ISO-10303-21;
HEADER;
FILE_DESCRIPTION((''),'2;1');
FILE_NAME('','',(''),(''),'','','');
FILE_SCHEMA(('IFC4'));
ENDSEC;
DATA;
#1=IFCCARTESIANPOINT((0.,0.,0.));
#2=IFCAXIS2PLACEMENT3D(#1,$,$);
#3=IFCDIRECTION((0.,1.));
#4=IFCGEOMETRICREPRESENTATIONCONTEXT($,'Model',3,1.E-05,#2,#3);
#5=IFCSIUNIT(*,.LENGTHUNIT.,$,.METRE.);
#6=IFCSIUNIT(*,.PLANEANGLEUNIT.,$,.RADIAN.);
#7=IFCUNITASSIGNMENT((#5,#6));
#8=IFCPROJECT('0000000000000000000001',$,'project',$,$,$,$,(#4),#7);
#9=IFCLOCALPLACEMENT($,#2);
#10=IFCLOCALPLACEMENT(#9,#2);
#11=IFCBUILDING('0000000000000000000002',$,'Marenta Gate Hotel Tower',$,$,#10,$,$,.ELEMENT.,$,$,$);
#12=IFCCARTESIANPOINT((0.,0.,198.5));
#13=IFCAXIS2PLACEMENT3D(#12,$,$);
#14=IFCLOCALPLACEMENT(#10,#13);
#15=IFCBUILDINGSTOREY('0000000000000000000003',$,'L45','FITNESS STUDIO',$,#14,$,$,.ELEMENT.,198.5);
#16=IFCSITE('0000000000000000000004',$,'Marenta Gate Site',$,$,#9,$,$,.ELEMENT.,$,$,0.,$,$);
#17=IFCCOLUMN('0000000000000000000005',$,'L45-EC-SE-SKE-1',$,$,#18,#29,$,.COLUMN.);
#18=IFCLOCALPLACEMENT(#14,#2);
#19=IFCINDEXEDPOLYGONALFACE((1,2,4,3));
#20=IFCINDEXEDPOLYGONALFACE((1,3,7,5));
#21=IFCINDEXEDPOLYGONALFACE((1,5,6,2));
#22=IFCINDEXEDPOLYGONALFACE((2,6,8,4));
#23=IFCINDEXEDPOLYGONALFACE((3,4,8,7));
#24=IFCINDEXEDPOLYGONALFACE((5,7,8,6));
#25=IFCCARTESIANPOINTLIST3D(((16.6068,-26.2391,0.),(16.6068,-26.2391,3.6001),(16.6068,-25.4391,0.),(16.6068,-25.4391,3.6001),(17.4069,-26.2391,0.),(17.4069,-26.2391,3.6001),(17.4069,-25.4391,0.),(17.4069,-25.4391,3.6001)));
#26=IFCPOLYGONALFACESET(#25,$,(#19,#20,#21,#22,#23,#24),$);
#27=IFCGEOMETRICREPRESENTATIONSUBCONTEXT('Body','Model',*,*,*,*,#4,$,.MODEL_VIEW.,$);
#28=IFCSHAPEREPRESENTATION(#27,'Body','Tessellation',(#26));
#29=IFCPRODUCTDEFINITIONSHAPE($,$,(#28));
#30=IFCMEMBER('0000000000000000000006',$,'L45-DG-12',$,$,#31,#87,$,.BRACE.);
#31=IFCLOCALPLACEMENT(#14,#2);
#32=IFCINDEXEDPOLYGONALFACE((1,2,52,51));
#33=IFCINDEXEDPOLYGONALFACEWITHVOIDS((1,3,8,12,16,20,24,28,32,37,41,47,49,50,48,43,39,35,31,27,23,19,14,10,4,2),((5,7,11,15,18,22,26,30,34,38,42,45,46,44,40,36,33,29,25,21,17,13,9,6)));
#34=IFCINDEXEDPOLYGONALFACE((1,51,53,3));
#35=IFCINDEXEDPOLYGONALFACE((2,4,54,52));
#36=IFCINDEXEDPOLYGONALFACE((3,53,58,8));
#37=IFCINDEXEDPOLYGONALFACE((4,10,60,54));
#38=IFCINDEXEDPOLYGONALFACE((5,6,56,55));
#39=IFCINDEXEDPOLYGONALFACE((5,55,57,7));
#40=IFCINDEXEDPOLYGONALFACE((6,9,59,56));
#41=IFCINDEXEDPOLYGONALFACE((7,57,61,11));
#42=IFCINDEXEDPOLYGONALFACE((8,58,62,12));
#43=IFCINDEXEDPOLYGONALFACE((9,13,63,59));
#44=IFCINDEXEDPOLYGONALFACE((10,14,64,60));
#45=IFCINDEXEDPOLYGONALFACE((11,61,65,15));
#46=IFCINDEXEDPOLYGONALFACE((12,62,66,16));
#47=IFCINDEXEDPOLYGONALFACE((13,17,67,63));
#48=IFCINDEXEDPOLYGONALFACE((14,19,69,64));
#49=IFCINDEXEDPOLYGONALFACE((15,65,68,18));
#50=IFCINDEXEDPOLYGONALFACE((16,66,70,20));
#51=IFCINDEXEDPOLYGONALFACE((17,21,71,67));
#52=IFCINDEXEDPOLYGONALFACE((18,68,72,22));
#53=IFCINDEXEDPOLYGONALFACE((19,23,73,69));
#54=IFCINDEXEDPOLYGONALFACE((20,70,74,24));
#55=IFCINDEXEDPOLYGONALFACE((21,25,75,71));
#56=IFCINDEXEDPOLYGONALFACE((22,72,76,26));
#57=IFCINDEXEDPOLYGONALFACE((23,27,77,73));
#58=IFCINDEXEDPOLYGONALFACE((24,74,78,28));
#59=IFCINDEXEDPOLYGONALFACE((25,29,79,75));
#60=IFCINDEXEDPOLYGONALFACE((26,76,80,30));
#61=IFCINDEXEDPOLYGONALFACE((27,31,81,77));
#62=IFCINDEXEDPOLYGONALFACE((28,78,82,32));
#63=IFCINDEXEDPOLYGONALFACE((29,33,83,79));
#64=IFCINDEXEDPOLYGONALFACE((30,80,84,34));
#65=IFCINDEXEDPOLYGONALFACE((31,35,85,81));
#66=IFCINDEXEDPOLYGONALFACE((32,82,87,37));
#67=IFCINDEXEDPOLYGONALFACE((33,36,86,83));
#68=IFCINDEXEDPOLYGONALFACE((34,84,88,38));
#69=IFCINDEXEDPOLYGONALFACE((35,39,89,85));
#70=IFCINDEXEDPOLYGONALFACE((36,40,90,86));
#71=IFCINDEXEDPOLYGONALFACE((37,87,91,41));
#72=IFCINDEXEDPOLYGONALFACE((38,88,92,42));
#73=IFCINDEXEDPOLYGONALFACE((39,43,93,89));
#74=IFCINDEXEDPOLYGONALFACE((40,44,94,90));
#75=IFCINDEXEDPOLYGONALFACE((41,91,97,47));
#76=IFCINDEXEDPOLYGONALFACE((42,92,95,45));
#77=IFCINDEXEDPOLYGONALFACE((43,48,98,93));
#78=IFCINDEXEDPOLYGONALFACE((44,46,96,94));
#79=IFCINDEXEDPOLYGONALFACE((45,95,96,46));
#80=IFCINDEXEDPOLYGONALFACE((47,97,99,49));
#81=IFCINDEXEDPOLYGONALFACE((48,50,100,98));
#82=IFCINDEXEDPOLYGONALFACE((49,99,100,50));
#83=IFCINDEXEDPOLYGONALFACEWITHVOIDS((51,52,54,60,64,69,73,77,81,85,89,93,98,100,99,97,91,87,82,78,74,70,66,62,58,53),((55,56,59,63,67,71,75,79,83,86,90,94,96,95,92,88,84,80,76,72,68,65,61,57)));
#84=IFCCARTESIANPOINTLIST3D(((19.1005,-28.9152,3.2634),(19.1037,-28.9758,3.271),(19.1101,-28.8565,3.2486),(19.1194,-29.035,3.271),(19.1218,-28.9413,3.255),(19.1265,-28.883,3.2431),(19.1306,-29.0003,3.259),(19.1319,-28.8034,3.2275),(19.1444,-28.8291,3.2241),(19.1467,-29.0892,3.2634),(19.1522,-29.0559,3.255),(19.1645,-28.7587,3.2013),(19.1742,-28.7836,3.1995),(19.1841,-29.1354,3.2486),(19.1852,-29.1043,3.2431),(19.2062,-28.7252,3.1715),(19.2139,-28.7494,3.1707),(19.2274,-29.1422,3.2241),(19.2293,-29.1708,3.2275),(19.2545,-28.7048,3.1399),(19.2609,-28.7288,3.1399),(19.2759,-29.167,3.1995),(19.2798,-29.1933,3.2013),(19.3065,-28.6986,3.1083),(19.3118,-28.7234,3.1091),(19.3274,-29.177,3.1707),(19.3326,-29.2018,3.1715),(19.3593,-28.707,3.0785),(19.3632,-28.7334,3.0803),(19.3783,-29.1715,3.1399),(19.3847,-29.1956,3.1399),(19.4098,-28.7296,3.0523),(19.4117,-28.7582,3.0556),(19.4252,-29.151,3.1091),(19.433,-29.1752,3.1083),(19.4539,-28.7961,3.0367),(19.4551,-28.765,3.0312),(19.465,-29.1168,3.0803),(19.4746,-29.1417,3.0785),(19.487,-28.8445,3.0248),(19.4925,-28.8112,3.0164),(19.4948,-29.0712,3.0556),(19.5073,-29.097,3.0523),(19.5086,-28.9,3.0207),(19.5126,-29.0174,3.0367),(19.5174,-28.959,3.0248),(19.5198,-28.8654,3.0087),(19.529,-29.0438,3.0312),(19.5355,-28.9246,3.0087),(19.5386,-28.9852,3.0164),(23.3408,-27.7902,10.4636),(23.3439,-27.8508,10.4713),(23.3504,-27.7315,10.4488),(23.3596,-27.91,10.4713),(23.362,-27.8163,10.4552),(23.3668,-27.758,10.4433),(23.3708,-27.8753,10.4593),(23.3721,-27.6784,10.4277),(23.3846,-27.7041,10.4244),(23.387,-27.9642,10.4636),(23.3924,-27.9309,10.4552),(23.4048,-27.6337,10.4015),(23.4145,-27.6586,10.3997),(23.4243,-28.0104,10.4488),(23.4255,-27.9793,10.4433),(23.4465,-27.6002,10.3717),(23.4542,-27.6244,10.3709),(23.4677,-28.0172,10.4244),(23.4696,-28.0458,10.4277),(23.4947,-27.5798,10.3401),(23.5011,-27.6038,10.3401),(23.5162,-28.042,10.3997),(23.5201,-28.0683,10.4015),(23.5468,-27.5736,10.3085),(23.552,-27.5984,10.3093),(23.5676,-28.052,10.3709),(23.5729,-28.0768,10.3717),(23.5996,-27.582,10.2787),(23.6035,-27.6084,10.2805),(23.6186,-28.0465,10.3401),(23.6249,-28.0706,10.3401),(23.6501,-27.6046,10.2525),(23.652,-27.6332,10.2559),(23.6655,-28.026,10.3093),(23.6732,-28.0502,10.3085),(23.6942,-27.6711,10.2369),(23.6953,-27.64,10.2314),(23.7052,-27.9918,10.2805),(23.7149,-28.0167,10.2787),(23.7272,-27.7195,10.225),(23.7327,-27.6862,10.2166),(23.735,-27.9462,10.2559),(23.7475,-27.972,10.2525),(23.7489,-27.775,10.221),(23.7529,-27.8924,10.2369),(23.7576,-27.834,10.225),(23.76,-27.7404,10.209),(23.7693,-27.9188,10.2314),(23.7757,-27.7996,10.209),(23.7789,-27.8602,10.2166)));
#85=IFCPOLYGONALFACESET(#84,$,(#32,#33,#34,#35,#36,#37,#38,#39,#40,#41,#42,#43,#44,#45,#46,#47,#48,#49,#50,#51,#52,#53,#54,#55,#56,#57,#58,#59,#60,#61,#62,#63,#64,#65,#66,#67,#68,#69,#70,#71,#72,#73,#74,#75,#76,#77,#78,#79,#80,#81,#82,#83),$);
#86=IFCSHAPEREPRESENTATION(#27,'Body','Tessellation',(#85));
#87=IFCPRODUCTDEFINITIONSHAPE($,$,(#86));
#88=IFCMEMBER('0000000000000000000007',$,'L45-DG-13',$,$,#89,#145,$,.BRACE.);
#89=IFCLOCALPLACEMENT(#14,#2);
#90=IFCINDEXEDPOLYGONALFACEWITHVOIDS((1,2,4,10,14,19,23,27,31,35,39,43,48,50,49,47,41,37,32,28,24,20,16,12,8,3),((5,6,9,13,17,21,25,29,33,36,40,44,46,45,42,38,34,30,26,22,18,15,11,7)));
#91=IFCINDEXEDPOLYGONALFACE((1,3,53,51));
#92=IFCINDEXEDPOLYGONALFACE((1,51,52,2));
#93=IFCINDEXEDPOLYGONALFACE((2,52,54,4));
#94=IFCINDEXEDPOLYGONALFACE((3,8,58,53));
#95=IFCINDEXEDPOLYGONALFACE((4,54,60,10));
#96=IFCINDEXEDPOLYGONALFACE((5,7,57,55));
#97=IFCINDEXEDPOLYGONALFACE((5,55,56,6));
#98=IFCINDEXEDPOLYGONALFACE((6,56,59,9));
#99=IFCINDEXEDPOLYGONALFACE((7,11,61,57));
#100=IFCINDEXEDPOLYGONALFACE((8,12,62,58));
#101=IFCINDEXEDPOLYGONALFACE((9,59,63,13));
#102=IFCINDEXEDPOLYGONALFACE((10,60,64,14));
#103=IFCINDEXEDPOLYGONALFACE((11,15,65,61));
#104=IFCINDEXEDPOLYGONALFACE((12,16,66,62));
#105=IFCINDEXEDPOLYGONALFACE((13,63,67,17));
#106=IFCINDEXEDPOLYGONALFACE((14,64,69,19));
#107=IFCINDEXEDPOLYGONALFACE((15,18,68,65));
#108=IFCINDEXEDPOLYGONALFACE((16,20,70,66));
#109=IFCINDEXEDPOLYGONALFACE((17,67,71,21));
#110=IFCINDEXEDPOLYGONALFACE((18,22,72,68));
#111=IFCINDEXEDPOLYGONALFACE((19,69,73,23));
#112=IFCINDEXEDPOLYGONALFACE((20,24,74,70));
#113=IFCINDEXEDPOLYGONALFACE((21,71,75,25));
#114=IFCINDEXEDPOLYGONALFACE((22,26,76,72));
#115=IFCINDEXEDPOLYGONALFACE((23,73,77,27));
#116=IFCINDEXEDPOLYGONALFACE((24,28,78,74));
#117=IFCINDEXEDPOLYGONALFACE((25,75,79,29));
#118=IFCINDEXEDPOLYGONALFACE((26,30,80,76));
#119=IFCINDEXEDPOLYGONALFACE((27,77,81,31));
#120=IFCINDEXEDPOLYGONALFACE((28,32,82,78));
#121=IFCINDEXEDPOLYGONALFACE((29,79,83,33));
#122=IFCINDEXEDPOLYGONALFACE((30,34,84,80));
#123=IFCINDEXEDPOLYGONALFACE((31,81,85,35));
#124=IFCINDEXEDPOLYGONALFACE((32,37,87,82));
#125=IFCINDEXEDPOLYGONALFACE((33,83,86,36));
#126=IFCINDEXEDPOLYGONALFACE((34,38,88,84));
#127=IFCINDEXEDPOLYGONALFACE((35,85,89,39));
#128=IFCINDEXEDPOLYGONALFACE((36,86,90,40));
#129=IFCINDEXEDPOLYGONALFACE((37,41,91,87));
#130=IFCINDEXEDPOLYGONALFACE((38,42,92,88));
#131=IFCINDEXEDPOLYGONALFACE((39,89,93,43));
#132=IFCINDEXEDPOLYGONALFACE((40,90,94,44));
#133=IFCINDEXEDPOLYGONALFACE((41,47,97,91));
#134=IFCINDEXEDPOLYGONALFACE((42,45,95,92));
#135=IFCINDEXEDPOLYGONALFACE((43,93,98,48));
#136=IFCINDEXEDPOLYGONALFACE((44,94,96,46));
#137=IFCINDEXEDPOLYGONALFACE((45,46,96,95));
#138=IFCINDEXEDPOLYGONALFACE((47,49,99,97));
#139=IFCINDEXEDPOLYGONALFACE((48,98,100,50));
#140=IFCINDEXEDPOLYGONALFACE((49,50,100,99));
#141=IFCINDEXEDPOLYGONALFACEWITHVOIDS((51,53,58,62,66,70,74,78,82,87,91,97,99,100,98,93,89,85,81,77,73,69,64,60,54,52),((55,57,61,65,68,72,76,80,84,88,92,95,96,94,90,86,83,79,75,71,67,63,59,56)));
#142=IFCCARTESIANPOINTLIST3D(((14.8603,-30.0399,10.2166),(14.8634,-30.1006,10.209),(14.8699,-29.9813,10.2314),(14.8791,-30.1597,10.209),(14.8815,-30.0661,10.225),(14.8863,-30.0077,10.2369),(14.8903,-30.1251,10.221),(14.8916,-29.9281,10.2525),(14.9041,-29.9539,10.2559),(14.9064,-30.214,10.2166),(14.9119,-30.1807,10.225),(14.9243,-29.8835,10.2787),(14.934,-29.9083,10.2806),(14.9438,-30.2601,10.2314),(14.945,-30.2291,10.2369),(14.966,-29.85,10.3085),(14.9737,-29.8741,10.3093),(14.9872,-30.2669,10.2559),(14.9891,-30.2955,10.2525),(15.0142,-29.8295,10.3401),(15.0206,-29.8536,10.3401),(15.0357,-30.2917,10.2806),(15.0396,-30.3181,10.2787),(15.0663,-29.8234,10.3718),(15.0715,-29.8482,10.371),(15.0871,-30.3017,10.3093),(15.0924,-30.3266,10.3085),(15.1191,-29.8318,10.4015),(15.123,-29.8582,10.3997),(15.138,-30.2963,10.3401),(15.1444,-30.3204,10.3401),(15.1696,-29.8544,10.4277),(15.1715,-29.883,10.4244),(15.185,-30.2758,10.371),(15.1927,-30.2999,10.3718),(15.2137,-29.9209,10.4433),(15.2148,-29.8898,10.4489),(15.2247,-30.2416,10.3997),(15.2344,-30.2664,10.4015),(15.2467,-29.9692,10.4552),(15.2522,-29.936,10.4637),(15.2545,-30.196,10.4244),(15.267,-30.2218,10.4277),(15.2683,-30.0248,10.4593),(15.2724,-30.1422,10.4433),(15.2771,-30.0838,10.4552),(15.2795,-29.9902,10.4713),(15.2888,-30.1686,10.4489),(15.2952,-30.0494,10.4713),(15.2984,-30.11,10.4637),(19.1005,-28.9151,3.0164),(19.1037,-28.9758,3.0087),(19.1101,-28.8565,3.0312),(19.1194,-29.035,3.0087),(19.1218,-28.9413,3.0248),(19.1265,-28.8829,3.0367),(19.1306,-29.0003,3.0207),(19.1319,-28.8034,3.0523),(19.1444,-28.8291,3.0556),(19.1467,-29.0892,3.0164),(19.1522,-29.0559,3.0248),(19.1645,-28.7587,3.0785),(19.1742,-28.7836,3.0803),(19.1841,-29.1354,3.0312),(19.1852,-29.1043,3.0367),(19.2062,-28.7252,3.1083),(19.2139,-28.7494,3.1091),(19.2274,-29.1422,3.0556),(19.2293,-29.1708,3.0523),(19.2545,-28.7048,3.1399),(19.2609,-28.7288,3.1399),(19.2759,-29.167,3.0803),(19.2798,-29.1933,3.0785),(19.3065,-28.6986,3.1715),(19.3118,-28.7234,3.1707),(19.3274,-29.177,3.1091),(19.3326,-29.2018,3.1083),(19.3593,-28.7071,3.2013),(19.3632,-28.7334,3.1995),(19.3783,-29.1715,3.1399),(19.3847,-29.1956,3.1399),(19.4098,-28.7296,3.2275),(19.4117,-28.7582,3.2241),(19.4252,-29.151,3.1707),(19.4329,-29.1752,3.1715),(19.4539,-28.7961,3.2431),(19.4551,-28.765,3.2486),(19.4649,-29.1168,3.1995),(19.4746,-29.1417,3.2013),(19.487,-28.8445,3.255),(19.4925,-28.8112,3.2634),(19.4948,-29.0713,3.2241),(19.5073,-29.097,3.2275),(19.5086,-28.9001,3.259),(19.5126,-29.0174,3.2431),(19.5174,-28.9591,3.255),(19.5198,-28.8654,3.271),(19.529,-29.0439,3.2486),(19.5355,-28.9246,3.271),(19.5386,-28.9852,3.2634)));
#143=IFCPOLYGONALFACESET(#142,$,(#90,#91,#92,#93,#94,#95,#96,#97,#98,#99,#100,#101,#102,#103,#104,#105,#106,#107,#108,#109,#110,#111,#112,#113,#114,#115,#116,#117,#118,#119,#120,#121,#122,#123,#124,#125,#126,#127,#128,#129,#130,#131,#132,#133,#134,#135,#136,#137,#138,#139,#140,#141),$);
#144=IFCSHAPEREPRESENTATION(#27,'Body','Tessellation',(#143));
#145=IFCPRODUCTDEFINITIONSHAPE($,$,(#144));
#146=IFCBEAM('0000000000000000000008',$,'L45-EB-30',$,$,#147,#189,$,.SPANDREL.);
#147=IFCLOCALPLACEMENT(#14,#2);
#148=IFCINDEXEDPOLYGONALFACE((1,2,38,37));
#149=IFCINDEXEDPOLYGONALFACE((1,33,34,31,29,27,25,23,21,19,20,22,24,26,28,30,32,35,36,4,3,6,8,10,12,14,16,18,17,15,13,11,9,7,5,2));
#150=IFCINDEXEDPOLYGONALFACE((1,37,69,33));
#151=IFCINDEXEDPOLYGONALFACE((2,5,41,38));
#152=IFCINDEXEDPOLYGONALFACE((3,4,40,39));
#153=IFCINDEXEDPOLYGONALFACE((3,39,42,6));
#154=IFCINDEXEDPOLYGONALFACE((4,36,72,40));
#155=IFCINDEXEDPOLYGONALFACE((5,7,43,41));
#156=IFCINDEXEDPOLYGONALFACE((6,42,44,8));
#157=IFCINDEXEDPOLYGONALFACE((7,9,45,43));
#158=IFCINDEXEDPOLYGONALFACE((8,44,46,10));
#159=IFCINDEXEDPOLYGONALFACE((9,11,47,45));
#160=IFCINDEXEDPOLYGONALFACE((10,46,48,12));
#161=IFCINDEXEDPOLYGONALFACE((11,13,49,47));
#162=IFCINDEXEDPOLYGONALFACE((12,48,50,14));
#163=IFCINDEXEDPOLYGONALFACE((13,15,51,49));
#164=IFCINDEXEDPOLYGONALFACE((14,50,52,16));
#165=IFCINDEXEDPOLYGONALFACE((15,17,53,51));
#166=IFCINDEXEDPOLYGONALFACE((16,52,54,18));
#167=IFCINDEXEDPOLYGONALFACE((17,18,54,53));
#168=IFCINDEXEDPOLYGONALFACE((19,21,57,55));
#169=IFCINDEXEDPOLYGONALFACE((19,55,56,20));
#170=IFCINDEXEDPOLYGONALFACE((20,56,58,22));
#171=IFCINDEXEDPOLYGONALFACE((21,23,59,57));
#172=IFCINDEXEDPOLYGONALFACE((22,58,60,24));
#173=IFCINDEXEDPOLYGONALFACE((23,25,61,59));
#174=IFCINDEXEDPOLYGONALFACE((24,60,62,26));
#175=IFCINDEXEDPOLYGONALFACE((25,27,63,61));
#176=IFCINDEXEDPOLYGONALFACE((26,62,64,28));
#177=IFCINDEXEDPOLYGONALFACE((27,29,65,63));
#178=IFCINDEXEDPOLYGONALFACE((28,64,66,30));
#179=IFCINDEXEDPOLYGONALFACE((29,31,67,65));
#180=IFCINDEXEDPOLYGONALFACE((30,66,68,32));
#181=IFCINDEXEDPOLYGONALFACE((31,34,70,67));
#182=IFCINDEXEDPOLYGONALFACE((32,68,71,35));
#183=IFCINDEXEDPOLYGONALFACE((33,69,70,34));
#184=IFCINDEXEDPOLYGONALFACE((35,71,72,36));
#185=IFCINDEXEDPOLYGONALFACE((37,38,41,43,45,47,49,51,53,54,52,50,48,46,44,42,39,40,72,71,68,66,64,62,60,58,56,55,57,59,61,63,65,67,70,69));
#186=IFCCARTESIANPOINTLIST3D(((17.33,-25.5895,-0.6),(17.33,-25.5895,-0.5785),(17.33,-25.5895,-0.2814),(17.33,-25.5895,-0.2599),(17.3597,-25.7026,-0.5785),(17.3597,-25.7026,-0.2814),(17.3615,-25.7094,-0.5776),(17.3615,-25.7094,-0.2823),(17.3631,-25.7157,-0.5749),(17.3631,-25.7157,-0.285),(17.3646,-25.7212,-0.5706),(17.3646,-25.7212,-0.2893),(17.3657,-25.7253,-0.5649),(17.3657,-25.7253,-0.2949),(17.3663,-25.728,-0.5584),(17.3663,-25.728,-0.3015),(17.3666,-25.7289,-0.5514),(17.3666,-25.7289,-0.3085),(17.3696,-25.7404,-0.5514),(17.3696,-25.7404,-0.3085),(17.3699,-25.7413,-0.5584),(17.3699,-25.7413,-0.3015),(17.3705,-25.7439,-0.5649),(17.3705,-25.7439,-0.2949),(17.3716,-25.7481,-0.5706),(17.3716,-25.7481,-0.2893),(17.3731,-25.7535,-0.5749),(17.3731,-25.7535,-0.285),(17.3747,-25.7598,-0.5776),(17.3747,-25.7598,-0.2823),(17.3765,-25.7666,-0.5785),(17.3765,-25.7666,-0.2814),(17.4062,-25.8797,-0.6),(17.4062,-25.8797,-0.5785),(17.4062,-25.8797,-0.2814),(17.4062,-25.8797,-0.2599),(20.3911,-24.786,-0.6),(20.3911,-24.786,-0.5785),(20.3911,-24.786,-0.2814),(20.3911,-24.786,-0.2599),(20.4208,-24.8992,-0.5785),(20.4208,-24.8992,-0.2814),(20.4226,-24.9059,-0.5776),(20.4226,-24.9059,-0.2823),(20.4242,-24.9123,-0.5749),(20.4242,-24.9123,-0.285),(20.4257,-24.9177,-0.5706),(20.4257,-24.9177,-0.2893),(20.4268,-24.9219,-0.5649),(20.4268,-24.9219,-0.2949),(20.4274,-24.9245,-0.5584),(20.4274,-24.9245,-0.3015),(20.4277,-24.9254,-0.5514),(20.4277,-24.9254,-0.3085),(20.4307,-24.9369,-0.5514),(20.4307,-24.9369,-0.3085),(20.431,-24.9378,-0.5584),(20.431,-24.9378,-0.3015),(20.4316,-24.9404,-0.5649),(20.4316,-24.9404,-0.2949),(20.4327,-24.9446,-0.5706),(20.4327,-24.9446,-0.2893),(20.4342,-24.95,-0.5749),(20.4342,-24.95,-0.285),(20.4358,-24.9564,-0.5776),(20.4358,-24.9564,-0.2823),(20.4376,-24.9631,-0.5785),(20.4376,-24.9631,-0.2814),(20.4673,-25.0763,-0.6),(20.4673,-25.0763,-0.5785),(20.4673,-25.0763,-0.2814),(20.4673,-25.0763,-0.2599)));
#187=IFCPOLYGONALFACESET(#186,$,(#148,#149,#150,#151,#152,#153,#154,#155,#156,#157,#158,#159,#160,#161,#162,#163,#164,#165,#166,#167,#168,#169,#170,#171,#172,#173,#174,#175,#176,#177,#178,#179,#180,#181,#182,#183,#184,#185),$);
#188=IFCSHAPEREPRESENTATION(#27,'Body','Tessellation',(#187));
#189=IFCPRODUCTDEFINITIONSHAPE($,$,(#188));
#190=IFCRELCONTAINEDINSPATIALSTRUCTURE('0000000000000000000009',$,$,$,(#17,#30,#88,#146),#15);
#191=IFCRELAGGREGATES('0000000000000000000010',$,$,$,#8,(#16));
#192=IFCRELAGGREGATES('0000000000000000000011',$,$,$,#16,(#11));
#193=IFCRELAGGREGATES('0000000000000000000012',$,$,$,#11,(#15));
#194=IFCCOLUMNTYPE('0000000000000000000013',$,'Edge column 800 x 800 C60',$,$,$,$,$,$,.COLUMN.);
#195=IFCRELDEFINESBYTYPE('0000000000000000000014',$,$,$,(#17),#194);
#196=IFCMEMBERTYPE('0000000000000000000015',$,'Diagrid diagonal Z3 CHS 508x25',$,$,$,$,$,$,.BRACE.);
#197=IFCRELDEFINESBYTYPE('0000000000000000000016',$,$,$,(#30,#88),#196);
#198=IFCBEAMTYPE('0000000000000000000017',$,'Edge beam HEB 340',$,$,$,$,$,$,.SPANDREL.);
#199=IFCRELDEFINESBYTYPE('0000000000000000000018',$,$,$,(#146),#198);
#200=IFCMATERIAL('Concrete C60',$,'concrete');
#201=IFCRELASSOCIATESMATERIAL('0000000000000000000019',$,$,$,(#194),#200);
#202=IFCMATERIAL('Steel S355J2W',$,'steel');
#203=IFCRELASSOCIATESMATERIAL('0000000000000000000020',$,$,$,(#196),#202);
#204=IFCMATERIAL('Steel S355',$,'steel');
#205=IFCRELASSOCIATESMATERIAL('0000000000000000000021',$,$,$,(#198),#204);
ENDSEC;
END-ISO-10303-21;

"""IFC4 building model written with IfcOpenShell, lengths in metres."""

from ifc_helpers import new_model, si_unit, direction, frame, origin, origin_2d, place, context, subcontext, project, spatial, rectangle, hollow_circle, i_section, extrude, material, material_profile, profile_set, type_object, element, save


model = new_model("IFC4")

# Units and contexts
model_context = context("Model", 3, precision=1e-05, world=origin(), true_north=direction((0.0, 1.0)))
body_context = subcontext(model_context, "Body", "Model", "MODEL_VIEW")
ifc_project = project(units=[si_unit("LENGTHUNIT", "METRE"), si_unit("PLANEANGLEUNIT", "RADIAN")], contexts=[model_context])

# Site, building, storey
site_placement = place(None, origin())
site = spatial("IfcSite", under=ifc_project, at=site_placement, Name="Marenta Gate Site", CompositionType="ELEMENT", RefElevation=0.0)
building_placement = place(site_placement, origin())
building = spatial("IfcBuilding", under=site, at=building_placement, Name="Marenta Gate Hotel Tower", CompositionType="ELEMENT")
storey_placement = place(building_placement, frame((0.0, 0.0, 198.5)))
storey = spatial("IfcBuildingStorey", under=building, at=storey_placement, Name="L45", Description="FITNESS STUDIO", CompositionType="ELEMENT", Elevation=198.5)

# Column
ifc_material_1 = material(Name="Concrete C60", Category="concrete")
ifc_material_profile_1 = material_profile(ifc_material_1, rectangle(XDim=0.8, YDim=0.8, at=origin_2d()), Name="800 x 800")
ifc_profile_set_1 = profile_set([ifc_material_profile_1], Name="Concrete C60")
column_type = type_object("IfcColumnType", Name="Edge column 800 x 800 C60", PredefinedType="COLUMN", material=ifc_profile_set_1)
column_placement = place(storey_placement, frame((17.0068, -25.8391, 0.0), z_axis=(0.0, 0.0, 1.0), x_axis=(1.0, 0.0, 0.0)))
element("IfcColumn", 1, at=column_placement, inside=storey, type_object=column_type, Name="L45-EC-SE-SKE-1", PredefinedType="COLUMN", context=body_context, shape_type="SweptSolid", body=[
    extrude(rectangle(XDim=0.8, YDim=0.8, at=origin_2d()), origin(), (0.0, 0.0, 1.0), 3.6001),
])

# Members
ifc_material_2 = material(Name="Steel S355J2W", Category="steel")
ifc_material_profile_2 = material_profile(ifc_material_2, hollow_circle(Radius=0.2539, WallThickness=0.0249, at=origin_2d()), Name="CHS 508x25")
ifc_profile_set_2 = profile_set([ifc_material_profile_2], Name="Steel S355J2W")
member_type_1 = type_object("IfcMemberType", Name="Diagrid diagonal Z3 CHS 508x25", PredefinedType="BRACE", material=ifc_profile_set_2)
for number, where, z_axis, x_axis, name in (
    (2, (19.3196, -28.9502, 3.1399), (0.502912, 0.13343, 0.853977), (-0.256443, 0.966559, 0.0), "L45-DG-12"),
    (3, (19.3196, -28.9502, 3.1399), (-0.502914, -0.133402, 0.85398), (0.256391, -0.966573, 0.0), "L45-DG-13"),
):
    element("IfcMember", number, at=place(storey_placement, frame(where, z_axis=z_axis, x_axis=x_axis)), inside=storey, type_object=member_type_1, Name=name, PredefinedType="BRACE", context=body_context, shape_type="SweptSolid", body=[
        extrude(hollow_circle(Radius=0.2539, WallThickness=0.0249, at=origin_2d()), origin(), (0.0, 0.0, 1.0), 8.4314),
    ])

# Beam
ifc_material_3 = material(Name="Steel S355", Category="steel")
ifc_material_profile_3 = material_profile(ifc_material_3, i_section(OverallWidth=0.3, OverallDepth=0.3401, WebThickness=0.012, FlangeThickness=0.0215, FilletRadius=0.0271, at=origin_2d()), Name="HEB 340")
ifc_profile_set_3 = profile_set([ifc_material_profile_3], Name="Steel S355")
beam_type_1 = type_object("IfcBeamType", Name="Edge beam HEB 340", PredefinedType="SPANDREL", material=ifc_profile_set_3)
beam_1_placement = place(storey_placement, frame((20.4292, -24.9312, -0.4299), z_axis=(-0.967235, -0.253882, 0.0), x_axis=(0.253882, -0.967235, 0.0)))
element("IfcBeam", 4, at=beam_1_placement, inside=storey, type_object=beam_type_1, Name="L45-EB-30", PredefinedType="SPANDREL", context=body_context, shape_type="SweptSolid", body=[
    extrude(i_section(OverallWidth=0.3, OverallDepth=0.3401, WebThickness=0.012, FlangeThickness=0.0215, FilletRadius=0.0271, at=origin_2d()), origin(), (0.0, 0.0, 1.0), 3.1648),
])

save(model, "model.ifc")
